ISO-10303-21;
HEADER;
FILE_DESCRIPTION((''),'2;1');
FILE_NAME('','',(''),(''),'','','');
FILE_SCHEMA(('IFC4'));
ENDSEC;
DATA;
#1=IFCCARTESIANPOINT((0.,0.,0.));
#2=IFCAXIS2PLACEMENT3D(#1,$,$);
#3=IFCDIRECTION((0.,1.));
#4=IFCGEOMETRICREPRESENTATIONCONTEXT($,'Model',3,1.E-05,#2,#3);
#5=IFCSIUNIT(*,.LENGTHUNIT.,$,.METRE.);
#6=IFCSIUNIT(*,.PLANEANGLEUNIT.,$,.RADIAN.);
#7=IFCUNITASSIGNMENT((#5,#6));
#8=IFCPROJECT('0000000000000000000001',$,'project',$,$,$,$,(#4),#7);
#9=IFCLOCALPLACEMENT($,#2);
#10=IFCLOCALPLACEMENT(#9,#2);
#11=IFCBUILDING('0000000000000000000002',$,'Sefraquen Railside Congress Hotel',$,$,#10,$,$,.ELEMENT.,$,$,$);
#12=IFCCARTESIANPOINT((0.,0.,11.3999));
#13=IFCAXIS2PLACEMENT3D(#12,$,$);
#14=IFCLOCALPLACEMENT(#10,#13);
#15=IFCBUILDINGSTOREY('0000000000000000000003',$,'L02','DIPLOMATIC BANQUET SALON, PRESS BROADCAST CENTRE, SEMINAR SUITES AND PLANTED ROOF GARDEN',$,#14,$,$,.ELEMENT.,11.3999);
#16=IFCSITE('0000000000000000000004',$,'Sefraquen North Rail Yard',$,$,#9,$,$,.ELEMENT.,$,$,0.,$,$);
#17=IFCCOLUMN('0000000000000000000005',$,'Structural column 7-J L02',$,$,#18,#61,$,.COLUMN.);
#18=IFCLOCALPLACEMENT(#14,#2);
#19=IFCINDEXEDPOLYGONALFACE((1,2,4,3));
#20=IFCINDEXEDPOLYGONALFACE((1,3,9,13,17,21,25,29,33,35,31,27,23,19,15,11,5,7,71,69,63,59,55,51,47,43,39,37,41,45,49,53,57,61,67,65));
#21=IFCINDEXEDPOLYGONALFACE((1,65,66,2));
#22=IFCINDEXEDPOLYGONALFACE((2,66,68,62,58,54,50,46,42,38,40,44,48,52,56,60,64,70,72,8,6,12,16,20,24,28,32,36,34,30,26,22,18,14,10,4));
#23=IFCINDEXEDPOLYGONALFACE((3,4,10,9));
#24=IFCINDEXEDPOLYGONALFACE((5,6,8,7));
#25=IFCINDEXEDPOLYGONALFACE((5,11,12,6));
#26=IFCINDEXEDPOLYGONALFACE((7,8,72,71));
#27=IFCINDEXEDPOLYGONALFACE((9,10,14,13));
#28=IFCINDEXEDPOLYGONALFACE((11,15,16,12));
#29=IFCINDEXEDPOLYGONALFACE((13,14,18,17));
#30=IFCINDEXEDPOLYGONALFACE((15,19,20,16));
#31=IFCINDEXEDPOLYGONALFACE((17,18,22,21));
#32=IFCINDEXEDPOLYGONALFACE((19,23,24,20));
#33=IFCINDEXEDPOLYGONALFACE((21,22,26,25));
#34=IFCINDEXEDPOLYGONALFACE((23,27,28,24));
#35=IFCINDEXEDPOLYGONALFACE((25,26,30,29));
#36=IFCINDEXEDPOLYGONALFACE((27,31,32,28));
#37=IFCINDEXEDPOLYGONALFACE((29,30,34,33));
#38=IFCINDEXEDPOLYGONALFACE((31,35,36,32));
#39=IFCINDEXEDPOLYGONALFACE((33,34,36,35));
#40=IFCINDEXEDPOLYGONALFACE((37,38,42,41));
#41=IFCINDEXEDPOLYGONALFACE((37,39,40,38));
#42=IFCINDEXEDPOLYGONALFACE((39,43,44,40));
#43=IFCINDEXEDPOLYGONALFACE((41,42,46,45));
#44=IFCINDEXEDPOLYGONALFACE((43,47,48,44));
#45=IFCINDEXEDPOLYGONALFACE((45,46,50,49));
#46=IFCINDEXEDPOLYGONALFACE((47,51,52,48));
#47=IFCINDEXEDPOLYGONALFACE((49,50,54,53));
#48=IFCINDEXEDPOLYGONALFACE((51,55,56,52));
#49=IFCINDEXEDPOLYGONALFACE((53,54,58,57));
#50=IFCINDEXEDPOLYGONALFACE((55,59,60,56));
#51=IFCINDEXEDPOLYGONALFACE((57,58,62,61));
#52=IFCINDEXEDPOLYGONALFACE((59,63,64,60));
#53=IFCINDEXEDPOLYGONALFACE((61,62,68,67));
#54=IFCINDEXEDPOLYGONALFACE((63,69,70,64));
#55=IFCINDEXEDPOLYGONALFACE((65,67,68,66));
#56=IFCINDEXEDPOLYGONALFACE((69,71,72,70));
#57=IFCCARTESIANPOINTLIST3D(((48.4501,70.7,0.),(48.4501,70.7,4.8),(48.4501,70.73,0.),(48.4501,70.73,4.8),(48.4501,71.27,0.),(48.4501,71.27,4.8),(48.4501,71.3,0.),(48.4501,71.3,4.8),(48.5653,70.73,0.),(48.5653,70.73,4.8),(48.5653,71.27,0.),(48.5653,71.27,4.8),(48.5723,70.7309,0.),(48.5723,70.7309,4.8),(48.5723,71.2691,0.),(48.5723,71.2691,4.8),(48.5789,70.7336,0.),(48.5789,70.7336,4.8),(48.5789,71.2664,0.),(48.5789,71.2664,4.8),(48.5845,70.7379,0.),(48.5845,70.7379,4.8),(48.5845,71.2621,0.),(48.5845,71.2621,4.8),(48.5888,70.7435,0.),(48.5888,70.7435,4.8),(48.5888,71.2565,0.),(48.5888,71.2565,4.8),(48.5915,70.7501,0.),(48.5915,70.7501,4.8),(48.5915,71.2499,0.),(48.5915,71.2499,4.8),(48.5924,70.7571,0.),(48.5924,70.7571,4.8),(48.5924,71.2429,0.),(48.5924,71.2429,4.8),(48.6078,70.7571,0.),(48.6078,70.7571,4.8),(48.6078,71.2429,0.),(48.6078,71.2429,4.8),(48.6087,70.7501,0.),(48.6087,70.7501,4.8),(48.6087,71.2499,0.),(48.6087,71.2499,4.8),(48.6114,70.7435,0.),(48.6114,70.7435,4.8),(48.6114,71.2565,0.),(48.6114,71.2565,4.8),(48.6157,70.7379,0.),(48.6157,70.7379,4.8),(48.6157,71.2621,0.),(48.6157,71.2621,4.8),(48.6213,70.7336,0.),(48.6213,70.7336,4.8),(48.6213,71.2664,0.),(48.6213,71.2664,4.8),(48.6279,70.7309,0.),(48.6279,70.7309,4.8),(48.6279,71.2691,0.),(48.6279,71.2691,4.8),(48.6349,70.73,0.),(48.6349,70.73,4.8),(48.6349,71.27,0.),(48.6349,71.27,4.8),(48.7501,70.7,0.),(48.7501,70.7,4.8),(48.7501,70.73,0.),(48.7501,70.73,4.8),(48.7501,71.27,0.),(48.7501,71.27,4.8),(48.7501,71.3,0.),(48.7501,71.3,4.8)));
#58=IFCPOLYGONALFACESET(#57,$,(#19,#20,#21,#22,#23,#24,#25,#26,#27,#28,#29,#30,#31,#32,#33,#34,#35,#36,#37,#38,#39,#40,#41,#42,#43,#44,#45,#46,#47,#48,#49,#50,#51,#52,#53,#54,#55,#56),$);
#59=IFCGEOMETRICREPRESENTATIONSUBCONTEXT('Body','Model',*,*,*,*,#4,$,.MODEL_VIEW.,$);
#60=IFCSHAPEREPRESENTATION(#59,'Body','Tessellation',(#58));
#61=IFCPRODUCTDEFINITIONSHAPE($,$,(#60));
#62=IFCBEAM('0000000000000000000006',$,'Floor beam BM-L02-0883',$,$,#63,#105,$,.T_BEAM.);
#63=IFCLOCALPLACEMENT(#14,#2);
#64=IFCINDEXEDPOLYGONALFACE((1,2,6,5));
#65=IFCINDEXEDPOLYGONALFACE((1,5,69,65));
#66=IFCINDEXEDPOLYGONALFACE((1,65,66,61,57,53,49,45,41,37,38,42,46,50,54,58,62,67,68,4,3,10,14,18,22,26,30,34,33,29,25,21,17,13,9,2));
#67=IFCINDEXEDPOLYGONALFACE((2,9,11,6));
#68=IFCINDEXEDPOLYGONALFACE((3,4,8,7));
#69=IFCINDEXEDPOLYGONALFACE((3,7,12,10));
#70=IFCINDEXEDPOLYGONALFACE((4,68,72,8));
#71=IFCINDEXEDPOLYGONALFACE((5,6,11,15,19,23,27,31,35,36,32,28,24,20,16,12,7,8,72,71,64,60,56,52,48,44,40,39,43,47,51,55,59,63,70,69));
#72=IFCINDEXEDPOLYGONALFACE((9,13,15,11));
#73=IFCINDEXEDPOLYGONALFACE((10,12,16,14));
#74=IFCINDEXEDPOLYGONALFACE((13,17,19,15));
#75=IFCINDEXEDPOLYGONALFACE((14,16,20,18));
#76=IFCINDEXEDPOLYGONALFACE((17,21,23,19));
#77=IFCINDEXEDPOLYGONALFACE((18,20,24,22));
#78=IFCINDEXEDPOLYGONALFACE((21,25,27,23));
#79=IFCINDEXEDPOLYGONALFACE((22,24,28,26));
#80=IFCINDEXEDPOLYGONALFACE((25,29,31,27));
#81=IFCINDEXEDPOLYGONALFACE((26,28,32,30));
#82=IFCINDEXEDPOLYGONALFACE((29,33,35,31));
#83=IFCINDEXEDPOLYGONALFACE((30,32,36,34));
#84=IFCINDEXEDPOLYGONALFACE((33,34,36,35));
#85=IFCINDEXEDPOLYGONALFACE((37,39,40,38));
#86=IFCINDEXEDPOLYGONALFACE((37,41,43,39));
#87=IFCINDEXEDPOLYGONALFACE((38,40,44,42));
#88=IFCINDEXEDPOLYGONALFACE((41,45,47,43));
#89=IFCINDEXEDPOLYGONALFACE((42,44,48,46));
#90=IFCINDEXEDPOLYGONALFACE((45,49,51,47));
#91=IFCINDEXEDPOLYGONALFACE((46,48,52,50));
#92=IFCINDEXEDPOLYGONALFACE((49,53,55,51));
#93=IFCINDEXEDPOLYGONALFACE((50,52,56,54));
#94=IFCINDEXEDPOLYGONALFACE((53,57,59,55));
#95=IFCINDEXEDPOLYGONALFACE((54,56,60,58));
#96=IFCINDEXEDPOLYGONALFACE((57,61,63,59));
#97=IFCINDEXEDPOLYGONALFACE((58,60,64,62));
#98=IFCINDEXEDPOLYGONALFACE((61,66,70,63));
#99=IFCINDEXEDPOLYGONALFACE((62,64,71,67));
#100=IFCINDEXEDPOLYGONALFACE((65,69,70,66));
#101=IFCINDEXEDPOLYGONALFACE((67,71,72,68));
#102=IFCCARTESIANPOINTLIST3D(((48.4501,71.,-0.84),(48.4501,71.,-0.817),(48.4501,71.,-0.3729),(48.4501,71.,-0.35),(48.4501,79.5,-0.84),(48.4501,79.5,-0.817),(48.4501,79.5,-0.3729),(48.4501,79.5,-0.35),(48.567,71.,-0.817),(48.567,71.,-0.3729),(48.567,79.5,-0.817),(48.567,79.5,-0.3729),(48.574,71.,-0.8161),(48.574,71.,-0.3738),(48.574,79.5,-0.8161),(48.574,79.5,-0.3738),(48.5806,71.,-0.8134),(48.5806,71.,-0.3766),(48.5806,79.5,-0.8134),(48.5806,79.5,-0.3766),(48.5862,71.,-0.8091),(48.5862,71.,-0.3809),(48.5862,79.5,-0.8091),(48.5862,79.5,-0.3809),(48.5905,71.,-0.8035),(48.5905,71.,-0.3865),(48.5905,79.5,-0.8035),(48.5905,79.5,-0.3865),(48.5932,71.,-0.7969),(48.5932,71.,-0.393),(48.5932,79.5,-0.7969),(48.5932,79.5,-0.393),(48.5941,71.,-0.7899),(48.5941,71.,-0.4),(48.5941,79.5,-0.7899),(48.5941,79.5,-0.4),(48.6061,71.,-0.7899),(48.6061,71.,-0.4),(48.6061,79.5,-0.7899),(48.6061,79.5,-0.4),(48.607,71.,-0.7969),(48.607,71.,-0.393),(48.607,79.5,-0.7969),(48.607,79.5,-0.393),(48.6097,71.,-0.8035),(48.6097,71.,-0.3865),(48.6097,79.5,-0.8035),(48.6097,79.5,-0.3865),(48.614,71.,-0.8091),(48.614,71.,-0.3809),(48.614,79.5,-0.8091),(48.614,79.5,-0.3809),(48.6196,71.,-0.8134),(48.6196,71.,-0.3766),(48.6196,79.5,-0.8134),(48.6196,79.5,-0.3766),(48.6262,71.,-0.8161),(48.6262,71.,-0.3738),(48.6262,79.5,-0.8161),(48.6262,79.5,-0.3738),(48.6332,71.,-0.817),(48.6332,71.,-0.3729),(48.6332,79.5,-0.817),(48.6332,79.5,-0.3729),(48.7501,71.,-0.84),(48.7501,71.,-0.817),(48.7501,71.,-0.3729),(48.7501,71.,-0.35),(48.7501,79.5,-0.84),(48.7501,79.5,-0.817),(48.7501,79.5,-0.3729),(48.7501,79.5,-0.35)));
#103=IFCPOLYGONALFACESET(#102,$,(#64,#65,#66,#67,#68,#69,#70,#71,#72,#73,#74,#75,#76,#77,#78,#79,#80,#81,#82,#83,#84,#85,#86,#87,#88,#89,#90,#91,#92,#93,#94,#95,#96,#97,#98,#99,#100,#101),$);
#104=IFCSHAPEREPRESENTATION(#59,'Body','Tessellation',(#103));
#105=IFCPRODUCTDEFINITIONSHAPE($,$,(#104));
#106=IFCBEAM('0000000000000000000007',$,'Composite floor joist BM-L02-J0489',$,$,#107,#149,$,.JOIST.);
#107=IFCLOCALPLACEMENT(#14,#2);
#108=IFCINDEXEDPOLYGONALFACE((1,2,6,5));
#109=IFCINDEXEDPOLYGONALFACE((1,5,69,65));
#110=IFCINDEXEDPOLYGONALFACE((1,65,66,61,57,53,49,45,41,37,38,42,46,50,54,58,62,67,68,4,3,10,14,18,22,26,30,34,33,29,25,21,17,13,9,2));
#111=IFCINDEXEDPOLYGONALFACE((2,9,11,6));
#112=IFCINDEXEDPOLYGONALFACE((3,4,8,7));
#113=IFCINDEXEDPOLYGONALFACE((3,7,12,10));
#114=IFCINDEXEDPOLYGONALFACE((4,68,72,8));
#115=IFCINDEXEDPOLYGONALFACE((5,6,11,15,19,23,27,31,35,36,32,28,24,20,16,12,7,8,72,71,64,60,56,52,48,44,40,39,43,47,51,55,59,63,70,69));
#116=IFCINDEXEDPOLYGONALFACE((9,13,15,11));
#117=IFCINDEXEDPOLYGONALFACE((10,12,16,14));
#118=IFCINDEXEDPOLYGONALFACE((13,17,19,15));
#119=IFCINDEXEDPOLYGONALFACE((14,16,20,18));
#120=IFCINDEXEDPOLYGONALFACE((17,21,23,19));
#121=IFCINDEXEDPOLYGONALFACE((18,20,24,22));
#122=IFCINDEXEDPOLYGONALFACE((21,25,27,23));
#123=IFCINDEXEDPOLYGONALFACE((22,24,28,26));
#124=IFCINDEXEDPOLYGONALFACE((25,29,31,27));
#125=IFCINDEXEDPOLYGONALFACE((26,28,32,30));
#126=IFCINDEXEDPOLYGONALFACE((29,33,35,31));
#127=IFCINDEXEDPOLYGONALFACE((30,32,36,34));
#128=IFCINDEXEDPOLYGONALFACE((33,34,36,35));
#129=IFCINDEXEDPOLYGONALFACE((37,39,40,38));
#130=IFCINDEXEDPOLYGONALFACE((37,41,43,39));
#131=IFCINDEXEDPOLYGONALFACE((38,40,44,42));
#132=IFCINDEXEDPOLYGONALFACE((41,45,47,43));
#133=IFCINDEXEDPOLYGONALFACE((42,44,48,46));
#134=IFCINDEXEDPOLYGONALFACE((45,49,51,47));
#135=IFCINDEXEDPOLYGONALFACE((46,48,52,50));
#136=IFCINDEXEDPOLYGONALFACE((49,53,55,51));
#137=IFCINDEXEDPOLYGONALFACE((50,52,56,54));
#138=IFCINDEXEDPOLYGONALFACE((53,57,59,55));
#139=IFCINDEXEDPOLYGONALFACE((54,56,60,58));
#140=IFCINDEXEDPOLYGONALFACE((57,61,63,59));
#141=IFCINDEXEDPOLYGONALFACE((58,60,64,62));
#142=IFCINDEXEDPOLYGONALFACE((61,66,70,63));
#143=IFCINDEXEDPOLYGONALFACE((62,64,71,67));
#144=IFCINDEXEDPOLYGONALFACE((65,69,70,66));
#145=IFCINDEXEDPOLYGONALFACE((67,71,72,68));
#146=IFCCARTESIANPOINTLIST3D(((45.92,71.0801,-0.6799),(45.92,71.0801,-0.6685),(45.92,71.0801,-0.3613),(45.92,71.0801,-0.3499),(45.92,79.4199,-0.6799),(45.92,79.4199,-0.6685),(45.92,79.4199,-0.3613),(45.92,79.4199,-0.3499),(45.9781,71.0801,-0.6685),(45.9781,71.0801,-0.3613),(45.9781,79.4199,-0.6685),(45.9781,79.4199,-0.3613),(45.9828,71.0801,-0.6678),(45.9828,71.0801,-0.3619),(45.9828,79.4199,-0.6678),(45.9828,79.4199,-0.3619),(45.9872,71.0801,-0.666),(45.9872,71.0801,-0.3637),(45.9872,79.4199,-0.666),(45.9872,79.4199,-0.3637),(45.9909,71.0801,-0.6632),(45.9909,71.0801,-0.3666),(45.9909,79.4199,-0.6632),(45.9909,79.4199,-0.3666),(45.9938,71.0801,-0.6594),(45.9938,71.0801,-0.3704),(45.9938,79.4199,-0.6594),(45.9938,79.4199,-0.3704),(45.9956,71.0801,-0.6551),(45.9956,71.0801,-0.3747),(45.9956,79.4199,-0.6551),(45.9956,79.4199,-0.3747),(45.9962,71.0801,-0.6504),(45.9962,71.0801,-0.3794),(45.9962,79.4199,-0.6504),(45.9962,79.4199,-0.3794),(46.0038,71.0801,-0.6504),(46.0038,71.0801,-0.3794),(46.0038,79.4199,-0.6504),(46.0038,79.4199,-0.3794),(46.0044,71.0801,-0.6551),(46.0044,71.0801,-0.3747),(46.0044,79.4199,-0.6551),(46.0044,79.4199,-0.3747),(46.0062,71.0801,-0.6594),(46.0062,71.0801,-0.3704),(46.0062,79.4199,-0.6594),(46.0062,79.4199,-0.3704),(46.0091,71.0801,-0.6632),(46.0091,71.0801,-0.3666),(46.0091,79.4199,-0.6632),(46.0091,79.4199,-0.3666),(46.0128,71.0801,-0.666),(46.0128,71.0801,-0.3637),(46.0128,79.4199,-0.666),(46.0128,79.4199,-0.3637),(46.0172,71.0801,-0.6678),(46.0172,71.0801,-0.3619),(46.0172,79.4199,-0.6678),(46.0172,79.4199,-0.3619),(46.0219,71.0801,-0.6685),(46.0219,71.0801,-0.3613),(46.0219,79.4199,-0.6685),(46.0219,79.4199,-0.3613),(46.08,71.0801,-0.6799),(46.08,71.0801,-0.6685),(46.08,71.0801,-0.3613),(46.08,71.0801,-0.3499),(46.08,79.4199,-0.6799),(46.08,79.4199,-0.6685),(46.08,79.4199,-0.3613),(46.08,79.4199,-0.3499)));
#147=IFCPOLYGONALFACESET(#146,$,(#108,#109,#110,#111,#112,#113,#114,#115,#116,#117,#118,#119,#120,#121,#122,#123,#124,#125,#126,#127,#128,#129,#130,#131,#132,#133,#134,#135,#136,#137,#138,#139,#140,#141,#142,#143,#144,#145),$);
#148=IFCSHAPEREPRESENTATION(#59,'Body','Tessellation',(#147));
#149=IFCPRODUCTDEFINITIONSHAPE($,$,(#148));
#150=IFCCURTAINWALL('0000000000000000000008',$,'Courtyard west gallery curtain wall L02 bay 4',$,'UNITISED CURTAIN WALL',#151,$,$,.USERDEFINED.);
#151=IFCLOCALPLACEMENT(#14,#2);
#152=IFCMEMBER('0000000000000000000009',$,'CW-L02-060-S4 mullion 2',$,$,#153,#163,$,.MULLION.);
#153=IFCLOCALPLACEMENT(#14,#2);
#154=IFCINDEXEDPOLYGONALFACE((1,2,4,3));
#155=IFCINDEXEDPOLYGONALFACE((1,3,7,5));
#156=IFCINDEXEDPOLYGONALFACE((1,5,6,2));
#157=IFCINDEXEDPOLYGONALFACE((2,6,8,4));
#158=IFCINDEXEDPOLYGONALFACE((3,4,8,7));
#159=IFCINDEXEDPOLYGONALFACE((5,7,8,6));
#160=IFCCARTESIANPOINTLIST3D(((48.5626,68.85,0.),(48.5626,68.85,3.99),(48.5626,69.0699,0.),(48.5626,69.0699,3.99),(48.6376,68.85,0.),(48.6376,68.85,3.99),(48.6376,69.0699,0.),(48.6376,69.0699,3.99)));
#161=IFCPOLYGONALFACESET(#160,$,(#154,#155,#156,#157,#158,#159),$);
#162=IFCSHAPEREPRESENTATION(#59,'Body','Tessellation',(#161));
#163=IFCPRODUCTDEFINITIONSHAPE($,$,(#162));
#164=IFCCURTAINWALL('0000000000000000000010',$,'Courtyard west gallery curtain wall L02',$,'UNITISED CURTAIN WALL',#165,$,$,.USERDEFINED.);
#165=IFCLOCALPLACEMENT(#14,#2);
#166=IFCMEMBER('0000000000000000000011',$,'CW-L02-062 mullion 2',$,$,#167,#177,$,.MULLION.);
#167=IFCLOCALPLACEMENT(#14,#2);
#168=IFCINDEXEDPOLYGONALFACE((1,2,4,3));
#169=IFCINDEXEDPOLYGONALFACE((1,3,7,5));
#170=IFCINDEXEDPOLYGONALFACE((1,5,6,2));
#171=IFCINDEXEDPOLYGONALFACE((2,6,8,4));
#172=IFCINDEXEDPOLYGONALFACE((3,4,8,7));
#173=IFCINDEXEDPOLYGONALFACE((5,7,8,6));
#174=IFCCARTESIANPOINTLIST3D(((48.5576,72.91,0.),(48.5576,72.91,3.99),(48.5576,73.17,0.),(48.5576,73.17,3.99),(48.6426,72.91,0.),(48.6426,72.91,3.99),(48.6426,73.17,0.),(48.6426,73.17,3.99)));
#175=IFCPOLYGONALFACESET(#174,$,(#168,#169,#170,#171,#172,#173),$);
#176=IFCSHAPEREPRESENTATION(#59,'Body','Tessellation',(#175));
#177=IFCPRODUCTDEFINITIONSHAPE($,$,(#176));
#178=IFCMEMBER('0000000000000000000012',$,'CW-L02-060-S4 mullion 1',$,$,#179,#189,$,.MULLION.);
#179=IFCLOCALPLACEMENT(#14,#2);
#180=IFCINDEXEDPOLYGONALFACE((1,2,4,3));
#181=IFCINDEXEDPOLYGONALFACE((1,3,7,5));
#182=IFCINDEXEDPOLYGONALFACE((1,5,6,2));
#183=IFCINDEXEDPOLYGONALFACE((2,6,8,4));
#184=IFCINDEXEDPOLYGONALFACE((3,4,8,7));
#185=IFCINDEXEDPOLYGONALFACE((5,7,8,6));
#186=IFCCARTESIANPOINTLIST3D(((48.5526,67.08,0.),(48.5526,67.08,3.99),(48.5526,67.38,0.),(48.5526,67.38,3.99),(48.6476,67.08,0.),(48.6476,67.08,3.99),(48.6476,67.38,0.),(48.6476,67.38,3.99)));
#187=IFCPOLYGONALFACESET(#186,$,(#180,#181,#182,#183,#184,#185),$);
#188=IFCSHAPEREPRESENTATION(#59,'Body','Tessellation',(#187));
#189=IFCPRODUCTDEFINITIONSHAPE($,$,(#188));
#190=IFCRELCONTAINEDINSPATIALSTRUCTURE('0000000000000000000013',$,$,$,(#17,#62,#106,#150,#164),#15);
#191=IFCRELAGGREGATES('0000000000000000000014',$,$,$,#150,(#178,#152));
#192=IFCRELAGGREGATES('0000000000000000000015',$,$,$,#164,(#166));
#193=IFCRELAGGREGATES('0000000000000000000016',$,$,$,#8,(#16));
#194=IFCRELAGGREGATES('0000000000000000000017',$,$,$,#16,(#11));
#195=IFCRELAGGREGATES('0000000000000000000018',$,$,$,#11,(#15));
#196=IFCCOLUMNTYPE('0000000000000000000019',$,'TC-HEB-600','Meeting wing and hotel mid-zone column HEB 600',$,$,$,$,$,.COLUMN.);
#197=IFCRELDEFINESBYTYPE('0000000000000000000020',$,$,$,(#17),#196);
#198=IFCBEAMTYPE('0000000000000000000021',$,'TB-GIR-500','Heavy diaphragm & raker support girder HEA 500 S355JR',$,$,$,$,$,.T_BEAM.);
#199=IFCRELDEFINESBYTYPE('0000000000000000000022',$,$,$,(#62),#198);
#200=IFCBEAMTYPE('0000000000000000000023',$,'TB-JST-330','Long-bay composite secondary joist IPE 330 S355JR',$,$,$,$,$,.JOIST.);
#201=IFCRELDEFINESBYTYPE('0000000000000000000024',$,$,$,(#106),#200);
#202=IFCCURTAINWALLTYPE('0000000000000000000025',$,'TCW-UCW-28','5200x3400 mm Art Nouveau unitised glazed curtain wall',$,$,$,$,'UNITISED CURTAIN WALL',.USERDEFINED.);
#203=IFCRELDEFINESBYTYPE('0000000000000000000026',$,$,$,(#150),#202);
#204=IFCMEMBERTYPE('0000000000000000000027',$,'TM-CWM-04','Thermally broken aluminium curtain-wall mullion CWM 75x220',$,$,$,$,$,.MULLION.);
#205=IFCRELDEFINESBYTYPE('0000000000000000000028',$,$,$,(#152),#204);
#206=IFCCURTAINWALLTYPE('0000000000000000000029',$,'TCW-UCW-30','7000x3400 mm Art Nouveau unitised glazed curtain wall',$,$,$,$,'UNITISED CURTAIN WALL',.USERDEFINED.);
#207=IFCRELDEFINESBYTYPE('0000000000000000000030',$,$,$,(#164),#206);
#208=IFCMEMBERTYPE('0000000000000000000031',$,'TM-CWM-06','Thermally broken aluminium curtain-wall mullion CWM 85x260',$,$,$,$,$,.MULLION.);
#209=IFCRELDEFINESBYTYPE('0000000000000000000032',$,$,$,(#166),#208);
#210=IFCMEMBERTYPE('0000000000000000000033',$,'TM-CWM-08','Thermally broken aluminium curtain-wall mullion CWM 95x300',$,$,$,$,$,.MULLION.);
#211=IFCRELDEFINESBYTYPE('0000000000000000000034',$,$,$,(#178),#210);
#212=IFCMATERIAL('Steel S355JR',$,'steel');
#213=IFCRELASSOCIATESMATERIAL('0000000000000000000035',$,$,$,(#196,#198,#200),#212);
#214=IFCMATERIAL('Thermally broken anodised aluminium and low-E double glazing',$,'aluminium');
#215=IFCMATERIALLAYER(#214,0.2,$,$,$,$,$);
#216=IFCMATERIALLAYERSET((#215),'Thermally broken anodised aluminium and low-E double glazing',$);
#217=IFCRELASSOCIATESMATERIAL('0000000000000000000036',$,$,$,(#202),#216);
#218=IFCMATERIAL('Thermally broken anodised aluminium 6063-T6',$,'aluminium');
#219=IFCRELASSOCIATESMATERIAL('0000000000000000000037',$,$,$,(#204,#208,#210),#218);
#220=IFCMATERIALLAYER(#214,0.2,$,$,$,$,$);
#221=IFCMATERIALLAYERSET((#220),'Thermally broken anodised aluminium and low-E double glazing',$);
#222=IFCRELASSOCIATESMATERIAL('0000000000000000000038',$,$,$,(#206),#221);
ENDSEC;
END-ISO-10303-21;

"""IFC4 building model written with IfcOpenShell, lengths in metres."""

from ifc_helpers import new_model, si_unit, direction, frame, origin, origin_2d, place, context, subcontext, project, spatial, rectangle, i_section, extrude, material, layer, layer_set, material_profile, profile_set, type_object, element, aggregate, save


model = new_model("IFC4")

# Units and contexts
model_context = context("Model", 3, precision=1e-05, world=origin(), true_north=direction((0.0, 1.0)))
body_context = subcontext(model_context, "Body", "Model", "MODEL_VIEW")
ifc_project = project(units=[si_unit("LENGTHUNIT", "METRE"), si_unit("PLANEANGLEUNIT", "RADIAN")], contexts=[model_context])

# Site, building, storey
site_placement = place(None, origin())
site = spatial("IfcSite", under=ifc_project, at=site_placement, Name="Sefraquen North Rail Yard", CompositionType="ELEMENT", RefElevation=0.0)
building_placement = place(site_placement, origin())
building = spatial("IfcBuilding", under=site, at=building_placement, Name="Sefraquen Railside Congress Hotel", CompositionType="ELEMENT")
storey_placement = place(building_placement, frame((0.0, 0.0, 11.3999)))
storey = spatial("IfcBuildingStorey", under=building, at=storey_placement, Name="L02", Description="DIPLOMATIC BANQUET SALON, PRESS BROADCAST CENTRE, SEMINAR SUITES AND PLANTED ROOF GARDEN", CompositionType="ELEMENT", Elevation=11.3999)

# Column
ifc_material_1 = material(Name="Steel S355JR", Category="steel")
ifc_material_profile_1 = material_profile(ifc_material_1, i_section(OverallWidth=0.3, OverallDepth=0.6001, WebThickness=0.0154, FlangeThickness=0.03, FilletRadius=0.0271, at=origin_2d()), Name="HEB 600")
ifc_profile_set_1 = profile_set([ifc_material_profile_1], Name="Steel S355JR")
column_type = type_object("IfcColumnType", Name="TC-HEB-600", Description="Meeting wing and hotel mid-zone column HEB 600", PredefinedType="COLUMN", material=ifc_profile_set_1)
column_placement = place(storey_placement, frame((48.6001, 71.0, 0.0), z_axis=(0.0, 0.0, 1.0), x_axis=(1.0, 0.0, 0.0)))
element("IfcColumn", 1, at=column_placement, inside=storey, type_object=column_type, Name="Structural column 7-J L02", PredefinedType="COLUMN", context=body_context, shape_type="SweptSolid", body=[
    extrude(i_section(OverallWidth=0.3, OverallDepth=0.6001, WebThickness=0.0154, FlangeThickness=0.03, FilletRadius=0.0271, at=origin_2d()), origin(), (0.0, 0.0, 1.0), 4.8),
])

# Beams
ifc_material_profile_2 = material_profile(ifc_material_1, i_section(OverallWidth=0.3, OverallDepth=0.49, WebThickness=0.012, FlangeThickness=0.0229, FilletRadius=0.0271, at=origin_2d()), Name="HEA 500")
ifc_profile_set_2 = profile_set([ifc_material_profile_2], Name="Steel S355JR")
beam_type_1 = type_object("IfcBeamType", Name="TB-GIR-500", Description="Heavy diaphragm & raker support girder HEA 500 S355JR", PredefinedType="T_BEAM", material=ifc_profile_set_2)
beam_1_placement = place(storey_placement, frame((48.6001, 71.0, -0.595), z_axis=(0.0, 1.0, 0.0), x_axis=(-1.0, 0.0, 0.0)))
element("IfcBeam", 2, at=beam_1_placement, inside=storey, type_object=beam_type_1, Name="Floor beam BM-L02-0883", PredefinedType="T_BEAM", context=body_context, shape_type="SweptSolid", body=[
    extrude(i_section(OverallWidth=0.3, OverallDepth=0.49, WebThickness=0.012, FlangeThickness=0.0229, FilletRadius=0.0271, at=origin_2d()), origin(), (0.0, 0.0, 1.0), 8.5),
])
ifc_material_profile_3 = material_profile(ifc_material_1, i_section(OverallWidth=0.1599, OverallDepth=0.3301, WebThickness=0.0076, FlangeThickness=0.0115, FilletRadius=0.0181, at=origin_2d()), Name="IPE 330")
ifc_profile_set_3 = profile_set([ifc_material_profile_3], Name="Steel S355JR")
beam_type_2 = type_object("IfcBeamType", Name="TB-JST-330", Description="Long-bay composite secondary joist IPE 330 S355JR", PredefinedType="JOIST", material=ifc_profile_set_3)
beam_2_placement = place(storey_placement, frame((46.0, 71.0801, -0.5149), z_axis=(0.0, 1.0, 0.0), x_axis=(-1.0, 0.0, 0.0)))
element("IfcBeam", 3, at=beam_2_placement, inside=storey, type_object=beam_type_2, Name="Composite floor joist BM-L02-J0489", PredefinedType="JOIST", context=body_context, shape_type="SweptSolid", body=[
    extrude(i_section(OverallWidth=0.1599, OverallDepth=0.3301, WebThickness=0.0076, FlangeThickness=0.0115, FilletRadius=0.0181, at=origin_2d()), origin(), (0.0, 0.0, 1.0), 8.3398),
])

# Curtain walls, members
ifc_material_2 = material(Name="Thermally broken anodised aluminium and low-E double glazing", Category="aluminium")
ifc_layer_1 = layer(ifc_material_2, 0.2)
ifc_layer_set_1 = layer_set([ifc_layer_1], Name="Thermally broken anodised aluminium and low-E double glazing")
curtain_wall_type_1 = type_object("IfcCurtainWallType", Name="TCW-UCW-28", Description="5200x3400 mm Art Nouveau unitised glazed curtain wall", ElementType="UNITISED CURTAIN WALL", PredefinedType="USERDEFINED", material=ifc_layer_set_1)
curtain_wall_1_placement = place(storey_placement, origin())
curtain_wall_1 = element("IfcCurtainWall", 4, at=curtain_wall_1_placement, inside=storey, type_object=curtain_wall_type_1, Name="Courtyard west gallery curtain wall L02 bay 4", ObjectType="UNITISED CURTAIN WALL", PredefinedType="USERDEFINED")
ifc_material_3 = material(Name="Thermally broken anodised aluminium 6063-T6", Category="aluminium")
ifc_material_profile_4 = material_profile(ifc_material_3, rectangle(XDim=0.075, YDim=0.22, at=origin_2d()), Name="CWM 75x220")
ifc_profile_set_4 = profile_set([ifc_material_profile_4], Name="Thermally broken anodised aluminium 6063-T6")
member_type_1 = type_object("IfcMemberType", Name="TM-CWM-04", Description="Thermally broken aluminium curtain-wall mullion CWM 75x220", PredefinedType="MULLION", material=ifc_profile_set_4)
member_1_placement = place(storey_placement, frame((48.6001, 68.96, 0.0), z_axis=(0.0, 0.0, 1.0), x_axis=(1.0, 0.0, 0.0)))
member_1 = element("IfcMember", 5, at=member_1_placement, type_object=member_type_1, Name="CW-L02-060-S4 mullion 2", PredefinedType="MULLION", context=body_context, shape_type="SweptSolid", body=[
    extrude(rectangle(XDim=0.075, YDim=0.22, at=origin_2d()), origin(), (0.0, 0.0, 1.0), 3.99),
])
ifc_layer_2 = layer(ifc_material_2, 0.2)
ifc_layer_set_2 = layer_set([ifc_layer_2], Name="Thermally broken anodised aluminium and low-E double glazing")
curtain_wall_type_2 = type_object("IfcCurtainWallType", Name="TCW-UCW-30", Description="7000x3400 mm Art Nouveau unitised glazed curtain wall", ElementType="UNITISED CURTAIN WALL", PredefinedType="USERDEFINED", material=ifc_layer_set_2)
curtain_wall_2_placement = place(storey_placement, origin())
curtain_wall_2 = element("IfcCurtainWall", 6, at=curtain_wall_2_placement, inside=storey, type_object=curtain_wall_type_2, Name="Courtyard west gallery curtain wall L02", ObjectType="UNITISED CURTAIN WALL", PredefinedType="USERDEFINED")
ifc_material_profile_5 = material_profile(ifc_material_3, rectangle(XDim=0.085, YDim=0.26, at=origin_2d()), Name="CWM 85x260")
ifc_profile_set_5 = profile_set([ifc_material_profile_5], Name="Thermally broken anodised aluminium 6063-T6")
member_type_2 = type_object("IfcMemberType", Name="TM-CWM-06", Description="Thermally broken aluminium curtain-wall mullion CWM 85x260", PredefinedType="MULLION", material=ifc_profile_set_5)
member_2_placement = place(storey_placement, frame((48.6001, 73.04, 0.0), z_axis=(0.0, 0.0, 1.0), x_axis=(1.0, 0.0, 0.0)))
member_2 = element("IfcMember", 7, at=member_2_placement, type_object=member_type_2, Name="CW-L02-062 mullion 2", PredefinedType="MULLION", context=body_context, shape_type="SweptSolid", body=[
    extrude(rectangle(XDim=0.085, YDim=0.26, at=origin_2d()), origin(), (0.0, 0.0, 1.0), 3.99),
])

# Member
ifc_material_profile_6 = material_profile(ifc_material_3, rectangle(XDim=0.095, YDim=0.3, at=origin_2d()), Name="CWM 95x300")
ifc_profile_set_6 = profile_set([ifc_material_profile_6], Name="Thermally broken anodised aluminium 6063-T6")
member_type_3 = type_object("IfcMemberType", Name="TM-CWM-08", Description="Thermally broken aluminium curtain-wall mullion CWM 95x300", PredefinedType="MULLION", material=ifc_profile_set_6)
member_3_placement = place(storey_placement, frame((48.6001, 67.23, 0.0), z_axis=(0.0, 0.0, 1.0), x_axis=(1.0, 0.0, 0.0)))
member_3 = element("IfcMember", 8, at=member_3_placement, type_object=member_type_3, Name="CW-L02-060-S4 mullion 1", PredefinedType="MULLION", context=body_context, shape_type="SweptSolid", body=[
    extrude(rectangle(XDim=0.095, YDim=0.3, at=origin_2d()), origin(), (0.0, 0.0, 1.0), 3.99),
])

aggregate(curtain_wall_1, [member_3, member_1])
aggregate(curtain_wall_2, [member_2])

save(model, "model.ifc")
